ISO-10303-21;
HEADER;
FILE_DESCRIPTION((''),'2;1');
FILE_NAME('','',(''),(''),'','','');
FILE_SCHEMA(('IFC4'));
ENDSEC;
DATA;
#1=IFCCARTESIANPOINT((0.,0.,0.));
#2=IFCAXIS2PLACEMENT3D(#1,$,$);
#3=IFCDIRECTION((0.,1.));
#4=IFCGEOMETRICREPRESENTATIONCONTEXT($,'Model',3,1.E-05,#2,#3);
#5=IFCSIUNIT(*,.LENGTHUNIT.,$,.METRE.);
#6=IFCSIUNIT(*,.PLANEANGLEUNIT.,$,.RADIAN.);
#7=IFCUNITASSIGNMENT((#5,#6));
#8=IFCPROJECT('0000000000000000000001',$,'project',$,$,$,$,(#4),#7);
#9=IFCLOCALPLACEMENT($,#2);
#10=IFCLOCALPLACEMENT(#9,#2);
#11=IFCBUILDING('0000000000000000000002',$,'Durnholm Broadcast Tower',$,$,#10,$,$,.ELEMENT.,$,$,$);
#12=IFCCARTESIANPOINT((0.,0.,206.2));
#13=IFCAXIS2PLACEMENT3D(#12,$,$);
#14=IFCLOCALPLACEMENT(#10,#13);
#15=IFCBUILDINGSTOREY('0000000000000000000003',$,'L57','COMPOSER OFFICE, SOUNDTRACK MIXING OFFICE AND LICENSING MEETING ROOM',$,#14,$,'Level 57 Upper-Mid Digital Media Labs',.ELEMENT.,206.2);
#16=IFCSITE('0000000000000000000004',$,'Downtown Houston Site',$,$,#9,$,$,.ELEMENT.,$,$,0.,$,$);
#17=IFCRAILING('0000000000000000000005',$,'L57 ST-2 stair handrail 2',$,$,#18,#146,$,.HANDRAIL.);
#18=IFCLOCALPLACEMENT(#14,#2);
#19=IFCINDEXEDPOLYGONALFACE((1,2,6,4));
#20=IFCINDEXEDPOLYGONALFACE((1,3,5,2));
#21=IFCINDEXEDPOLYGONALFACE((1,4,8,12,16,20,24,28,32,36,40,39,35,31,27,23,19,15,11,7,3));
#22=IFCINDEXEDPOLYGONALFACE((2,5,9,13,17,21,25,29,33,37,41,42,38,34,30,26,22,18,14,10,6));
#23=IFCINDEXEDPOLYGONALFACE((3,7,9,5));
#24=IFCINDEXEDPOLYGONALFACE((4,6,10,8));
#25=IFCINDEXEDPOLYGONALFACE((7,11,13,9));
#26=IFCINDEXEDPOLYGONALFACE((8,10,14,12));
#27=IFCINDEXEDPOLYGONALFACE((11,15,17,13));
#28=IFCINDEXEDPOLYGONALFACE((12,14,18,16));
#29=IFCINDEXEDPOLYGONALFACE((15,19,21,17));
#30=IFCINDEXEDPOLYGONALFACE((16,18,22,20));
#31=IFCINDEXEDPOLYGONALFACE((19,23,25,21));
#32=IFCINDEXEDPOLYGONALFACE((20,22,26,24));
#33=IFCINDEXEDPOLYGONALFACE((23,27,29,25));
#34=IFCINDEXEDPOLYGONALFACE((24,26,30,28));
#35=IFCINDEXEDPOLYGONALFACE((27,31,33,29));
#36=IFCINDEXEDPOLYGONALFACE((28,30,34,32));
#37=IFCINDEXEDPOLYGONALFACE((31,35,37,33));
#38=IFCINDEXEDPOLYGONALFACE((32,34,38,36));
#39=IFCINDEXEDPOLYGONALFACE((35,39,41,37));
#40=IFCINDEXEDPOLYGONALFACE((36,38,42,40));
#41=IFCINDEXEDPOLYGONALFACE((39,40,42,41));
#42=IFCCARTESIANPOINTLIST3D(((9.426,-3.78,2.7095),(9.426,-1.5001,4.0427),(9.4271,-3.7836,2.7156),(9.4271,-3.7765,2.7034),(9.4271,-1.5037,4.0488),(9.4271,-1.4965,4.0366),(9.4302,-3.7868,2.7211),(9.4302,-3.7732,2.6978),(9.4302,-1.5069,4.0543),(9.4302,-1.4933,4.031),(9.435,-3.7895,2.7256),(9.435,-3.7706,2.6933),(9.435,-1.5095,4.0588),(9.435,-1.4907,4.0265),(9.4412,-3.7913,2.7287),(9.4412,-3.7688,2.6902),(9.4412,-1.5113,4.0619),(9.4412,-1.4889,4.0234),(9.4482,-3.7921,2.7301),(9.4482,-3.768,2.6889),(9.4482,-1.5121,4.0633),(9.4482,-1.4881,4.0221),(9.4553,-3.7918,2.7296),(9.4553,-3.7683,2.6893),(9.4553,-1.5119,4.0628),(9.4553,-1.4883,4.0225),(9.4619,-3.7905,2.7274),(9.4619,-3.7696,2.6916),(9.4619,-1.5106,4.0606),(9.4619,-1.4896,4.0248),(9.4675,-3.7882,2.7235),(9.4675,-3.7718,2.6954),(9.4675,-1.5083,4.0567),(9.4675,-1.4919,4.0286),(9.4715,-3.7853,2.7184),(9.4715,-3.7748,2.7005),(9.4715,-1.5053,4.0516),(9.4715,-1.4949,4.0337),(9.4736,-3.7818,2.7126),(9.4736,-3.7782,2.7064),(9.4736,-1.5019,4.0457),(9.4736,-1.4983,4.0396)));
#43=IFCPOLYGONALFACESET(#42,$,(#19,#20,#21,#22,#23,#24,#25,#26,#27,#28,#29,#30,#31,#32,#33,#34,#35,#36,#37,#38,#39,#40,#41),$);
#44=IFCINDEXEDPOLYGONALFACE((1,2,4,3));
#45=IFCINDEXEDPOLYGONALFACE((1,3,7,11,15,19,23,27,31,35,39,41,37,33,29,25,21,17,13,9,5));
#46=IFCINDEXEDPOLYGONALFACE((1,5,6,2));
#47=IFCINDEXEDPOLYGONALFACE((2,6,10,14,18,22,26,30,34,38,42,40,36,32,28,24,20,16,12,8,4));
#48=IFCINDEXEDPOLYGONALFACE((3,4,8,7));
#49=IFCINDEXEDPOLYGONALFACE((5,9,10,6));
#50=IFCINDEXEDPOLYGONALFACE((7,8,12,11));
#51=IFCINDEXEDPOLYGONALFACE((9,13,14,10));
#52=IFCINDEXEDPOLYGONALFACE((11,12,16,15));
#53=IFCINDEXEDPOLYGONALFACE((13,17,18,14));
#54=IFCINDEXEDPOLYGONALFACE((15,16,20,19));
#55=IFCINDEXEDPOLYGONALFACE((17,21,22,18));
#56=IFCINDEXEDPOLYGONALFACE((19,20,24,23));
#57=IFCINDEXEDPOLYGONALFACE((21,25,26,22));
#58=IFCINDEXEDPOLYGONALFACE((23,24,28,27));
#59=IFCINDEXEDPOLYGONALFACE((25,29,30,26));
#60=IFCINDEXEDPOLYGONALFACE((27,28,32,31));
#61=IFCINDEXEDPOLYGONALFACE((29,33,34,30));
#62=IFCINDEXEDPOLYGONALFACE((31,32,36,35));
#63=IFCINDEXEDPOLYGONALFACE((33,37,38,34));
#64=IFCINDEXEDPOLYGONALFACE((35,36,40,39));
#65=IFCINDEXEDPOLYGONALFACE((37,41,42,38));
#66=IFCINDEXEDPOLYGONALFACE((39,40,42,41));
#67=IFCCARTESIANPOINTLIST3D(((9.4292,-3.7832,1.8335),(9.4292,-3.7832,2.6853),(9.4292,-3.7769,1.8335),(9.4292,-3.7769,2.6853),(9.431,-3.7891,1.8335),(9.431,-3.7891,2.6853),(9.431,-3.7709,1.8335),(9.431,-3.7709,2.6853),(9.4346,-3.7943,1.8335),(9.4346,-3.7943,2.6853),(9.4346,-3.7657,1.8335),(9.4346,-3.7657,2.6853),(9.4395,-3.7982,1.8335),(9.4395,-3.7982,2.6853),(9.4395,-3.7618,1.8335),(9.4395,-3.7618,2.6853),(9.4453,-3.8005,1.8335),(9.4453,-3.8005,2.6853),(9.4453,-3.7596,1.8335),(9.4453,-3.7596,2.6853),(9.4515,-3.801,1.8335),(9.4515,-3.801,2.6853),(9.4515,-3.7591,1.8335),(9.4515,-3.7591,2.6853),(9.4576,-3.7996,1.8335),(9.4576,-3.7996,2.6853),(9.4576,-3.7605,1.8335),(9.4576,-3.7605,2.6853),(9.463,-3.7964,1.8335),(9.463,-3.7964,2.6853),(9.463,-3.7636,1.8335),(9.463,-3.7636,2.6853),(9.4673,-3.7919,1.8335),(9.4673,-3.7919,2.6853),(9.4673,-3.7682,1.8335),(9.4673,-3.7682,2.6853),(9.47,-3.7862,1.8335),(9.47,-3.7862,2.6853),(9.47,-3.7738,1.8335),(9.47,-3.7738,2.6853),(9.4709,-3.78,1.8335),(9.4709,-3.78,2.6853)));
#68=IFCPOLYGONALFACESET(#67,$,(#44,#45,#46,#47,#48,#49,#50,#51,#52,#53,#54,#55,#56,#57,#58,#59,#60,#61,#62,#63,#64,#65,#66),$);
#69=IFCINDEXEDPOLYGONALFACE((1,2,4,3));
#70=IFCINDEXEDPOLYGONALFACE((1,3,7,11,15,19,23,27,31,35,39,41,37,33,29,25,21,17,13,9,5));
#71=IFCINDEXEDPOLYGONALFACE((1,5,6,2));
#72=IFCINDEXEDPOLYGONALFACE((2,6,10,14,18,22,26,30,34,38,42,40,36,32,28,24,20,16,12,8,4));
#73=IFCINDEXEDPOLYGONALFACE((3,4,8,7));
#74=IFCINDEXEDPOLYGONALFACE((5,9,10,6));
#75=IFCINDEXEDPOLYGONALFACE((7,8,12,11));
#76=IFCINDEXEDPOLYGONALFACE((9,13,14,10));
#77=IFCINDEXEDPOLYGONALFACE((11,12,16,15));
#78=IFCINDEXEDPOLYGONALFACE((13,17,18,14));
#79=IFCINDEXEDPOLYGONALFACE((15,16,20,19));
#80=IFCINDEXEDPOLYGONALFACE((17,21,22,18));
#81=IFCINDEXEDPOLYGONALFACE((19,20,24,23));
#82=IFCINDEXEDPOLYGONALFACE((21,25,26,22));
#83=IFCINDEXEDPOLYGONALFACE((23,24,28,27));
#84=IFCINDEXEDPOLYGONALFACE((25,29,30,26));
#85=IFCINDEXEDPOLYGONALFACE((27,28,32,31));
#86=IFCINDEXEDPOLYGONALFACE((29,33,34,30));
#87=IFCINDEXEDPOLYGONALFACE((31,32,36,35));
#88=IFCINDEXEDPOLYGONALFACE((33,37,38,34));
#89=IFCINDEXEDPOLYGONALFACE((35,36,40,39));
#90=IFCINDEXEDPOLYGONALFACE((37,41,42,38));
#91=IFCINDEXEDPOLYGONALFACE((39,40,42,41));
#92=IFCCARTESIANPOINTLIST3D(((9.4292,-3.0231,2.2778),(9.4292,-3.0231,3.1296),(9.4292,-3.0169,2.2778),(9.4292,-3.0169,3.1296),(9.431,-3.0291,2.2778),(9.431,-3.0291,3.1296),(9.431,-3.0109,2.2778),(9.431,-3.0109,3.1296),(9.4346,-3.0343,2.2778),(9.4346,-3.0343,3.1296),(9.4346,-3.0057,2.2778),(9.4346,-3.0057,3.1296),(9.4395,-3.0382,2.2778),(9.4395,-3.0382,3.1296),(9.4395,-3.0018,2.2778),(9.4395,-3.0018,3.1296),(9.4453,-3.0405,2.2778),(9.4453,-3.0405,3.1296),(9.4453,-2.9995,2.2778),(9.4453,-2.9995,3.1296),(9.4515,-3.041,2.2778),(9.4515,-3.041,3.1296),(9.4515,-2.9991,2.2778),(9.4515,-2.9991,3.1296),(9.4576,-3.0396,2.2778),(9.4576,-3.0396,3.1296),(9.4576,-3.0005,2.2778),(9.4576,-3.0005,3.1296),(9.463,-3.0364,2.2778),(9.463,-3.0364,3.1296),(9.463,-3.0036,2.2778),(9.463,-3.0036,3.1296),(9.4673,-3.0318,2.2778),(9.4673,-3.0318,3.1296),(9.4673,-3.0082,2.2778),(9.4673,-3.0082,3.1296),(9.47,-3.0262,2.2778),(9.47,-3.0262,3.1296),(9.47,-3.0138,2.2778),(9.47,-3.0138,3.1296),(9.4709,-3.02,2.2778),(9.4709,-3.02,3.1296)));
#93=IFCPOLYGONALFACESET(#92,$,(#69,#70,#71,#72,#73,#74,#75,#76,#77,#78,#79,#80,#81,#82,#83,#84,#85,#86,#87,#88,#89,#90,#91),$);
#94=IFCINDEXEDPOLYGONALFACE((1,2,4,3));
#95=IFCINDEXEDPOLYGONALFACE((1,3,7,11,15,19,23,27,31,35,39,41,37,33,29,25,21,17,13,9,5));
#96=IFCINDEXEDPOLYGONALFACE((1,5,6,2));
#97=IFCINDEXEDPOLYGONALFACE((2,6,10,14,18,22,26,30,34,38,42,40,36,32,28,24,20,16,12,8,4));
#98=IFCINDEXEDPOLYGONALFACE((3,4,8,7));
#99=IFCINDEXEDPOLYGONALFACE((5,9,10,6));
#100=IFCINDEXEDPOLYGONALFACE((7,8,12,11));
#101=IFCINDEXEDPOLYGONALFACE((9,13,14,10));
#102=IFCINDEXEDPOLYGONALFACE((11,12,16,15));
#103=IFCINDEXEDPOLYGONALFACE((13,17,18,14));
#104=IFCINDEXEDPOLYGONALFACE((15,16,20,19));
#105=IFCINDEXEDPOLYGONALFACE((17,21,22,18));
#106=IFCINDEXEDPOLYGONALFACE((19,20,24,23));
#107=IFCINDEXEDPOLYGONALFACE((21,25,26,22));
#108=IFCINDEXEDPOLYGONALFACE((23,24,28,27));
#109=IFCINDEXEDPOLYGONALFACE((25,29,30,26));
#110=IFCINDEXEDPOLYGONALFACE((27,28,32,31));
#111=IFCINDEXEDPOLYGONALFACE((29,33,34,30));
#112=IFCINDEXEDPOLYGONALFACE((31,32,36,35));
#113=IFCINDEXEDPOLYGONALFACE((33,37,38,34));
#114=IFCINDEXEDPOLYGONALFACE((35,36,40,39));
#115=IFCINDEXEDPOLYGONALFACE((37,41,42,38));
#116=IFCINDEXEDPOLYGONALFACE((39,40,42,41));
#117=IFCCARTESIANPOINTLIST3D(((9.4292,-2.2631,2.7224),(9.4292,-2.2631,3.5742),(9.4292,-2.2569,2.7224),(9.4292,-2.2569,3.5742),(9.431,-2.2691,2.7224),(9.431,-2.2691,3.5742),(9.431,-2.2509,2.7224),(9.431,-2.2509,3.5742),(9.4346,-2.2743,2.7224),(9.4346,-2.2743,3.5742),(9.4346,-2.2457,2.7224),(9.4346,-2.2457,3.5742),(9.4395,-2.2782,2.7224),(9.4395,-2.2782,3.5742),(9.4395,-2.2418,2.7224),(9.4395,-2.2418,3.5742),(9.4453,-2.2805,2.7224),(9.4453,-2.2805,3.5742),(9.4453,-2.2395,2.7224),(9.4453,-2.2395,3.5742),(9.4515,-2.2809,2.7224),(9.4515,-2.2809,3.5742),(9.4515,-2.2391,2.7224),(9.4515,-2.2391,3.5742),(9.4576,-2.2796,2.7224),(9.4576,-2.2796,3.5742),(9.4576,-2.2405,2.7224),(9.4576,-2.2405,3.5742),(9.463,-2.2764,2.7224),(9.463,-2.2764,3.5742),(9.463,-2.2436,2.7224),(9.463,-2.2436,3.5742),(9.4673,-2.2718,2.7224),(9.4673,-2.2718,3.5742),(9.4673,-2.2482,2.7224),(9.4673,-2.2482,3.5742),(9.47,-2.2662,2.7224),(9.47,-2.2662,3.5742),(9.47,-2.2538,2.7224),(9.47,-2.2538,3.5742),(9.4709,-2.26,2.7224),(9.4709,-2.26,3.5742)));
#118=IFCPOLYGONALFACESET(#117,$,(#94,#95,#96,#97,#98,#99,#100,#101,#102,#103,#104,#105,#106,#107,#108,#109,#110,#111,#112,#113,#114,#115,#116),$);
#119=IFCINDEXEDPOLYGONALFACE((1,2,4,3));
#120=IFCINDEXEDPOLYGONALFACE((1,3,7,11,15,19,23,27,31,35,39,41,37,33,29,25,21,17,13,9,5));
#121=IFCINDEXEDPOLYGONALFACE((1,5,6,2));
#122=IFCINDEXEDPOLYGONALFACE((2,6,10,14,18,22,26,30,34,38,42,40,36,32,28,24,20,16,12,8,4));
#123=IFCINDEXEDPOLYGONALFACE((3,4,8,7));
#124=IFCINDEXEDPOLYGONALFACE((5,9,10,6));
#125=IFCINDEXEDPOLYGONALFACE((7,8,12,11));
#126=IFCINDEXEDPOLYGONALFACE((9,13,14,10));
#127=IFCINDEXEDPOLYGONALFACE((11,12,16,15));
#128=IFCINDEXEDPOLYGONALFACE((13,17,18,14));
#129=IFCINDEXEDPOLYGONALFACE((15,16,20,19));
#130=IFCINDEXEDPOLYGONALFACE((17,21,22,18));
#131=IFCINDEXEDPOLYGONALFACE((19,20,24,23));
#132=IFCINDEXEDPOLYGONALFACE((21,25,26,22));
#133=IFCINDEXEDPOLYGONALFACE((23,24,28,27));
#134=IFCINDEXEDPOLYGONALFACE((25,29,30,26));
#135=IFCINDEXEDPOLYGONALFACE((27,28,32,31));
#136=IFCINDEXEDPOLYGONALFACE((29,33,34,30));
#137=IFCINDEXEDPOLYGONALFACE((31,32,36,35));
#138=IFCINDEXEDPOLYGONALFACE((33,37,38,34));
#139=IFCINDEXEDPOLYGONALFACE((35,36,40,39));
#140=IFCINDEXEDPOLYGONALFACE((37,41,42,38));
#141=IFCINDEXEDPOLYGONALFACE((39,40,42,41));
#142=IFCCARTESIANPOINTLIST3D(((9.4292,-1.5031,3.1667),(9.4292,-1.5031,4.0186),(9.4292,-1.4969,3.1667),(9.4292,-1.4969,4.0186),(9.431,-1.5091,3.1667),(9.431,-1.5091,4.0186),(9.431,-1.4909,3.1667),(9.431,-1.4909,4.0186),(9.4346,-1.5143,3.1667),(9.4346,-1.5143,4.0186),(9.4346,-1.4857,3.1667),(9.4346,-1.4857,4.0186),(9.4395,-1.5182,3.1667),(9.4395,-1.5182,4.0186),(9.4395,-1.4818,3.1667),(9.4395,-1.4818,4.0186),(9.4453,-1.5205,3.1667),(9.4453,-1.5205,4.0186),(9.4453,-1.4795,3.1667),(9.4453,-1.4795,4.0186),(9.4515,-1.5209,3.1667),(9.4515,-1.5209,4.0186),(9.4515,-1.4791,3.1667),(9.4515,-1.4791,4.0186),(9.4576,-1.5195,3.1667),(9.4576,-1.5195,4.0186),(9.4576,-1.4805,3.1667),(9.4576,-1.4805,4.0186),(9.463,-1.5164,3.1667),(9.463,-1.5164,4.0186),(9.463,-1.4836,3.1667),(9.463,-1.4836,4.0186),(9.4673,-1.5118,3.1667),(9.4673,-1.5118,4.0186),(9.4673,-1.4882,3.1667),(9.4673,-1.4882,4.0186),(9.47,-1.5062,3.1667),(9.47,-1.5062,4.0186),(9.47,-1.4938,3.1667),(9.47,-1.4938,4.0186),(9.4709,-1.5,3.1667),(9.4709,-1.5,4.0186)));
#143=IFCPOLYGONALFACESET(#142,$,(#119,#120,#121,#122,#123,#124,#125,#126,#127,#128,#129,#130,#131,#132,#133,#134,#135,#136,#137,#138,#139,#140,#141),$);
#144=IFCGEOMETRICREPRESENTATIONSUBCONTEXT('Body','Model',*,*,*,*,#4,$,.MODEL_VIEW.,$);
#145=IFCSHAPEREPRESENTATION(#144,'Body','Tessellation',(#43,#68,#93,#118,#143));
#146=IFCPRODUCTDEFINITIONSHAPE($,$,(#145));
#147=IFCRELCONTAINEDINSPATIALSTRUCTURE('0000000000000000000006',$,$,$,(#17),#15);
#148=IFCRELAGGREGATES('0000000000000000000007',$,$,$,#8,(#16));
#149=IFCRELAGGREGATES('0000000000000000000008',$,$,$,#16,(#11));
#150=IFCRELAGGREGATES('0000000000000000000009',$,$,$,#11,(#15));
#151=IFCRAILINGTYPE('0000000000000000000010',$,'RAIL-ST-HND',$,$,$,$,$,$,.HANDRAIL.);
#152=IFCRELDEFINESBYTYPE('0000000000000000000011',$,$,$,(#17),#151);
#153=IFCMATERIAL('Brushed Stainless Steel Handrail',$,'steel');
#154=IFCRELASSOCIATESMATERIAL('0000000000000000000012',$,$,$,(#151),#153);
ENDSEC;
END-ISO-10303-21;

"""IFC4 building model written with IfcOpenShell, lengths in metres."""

from ifc_helpers import new_model, si_unit, direction, frame, origin, origin_2d, place, context, subcontext, project, spatial, circle, extrude, material, type_object, element, save


model = new_model("IFC4")

# Units and contexts
model_context = context("Model", 3, precision=1e-05, world=origin(), true_north=direction((0.0, 1.0)))
body_context = subcontext(model_context, "Body", "Model", "MODEL_VIEW")
ifc_project = project(units=[si_unit("LENGTHUNIT", "METRE"), si_unit("PLANEANGLEUNIT", "RADIAN")], contexts=[model_context])

# Site, building, storey
site_placement = place(None, origin())
site = spatial("IfcSite", under=ifc_project, at=site_placement, Name="Downtown Houston Site", CompositionType="ELEMENT", RefElevation=0.0)
building_placement = place(site_placement, origin())
building = spatial("IfcBuilding", under=site, at=building_placement, Name="Durnholm Broadcast Tower", CompositionType="ELEMENT")
storey_placement = place(building_placement, frame((0.0, 0.0, 206.2)))
storey = spatial("IfcBuildingStorey", under=building, at=storey_placement, Name="L57", Description="COMPOSER OFFICE, SOUNDTRACK MIXING OFFICE AND LICENSING MEETING ROOM", LongName="Level 57 Upper-Mid Digital Media Labs", CompositionType="ELEMENT", Elevation=206.2)

# Railing
ifc_material_1 = material(Name="Brushed Stainless Steel Handrail", Category="steel")
railing_type_1 = type_object("IfcRailingType", Name="RAIL-ST-HND", PredefinedType="HANDRAIL", material=ifc_material_1)
railing_1_placement = place(storey_placement, frame((9.45, -3.78, 1.8335)))
element("IfcRailing", 1, at=railing_1_placement, inside=storey, type_object=railing_type_1, Name="L57 ST-2 stair handrail 2", PredefinedType="HANDRAIL", context=body_context, shape_type="SweptSolid", body=[
    extrude(circle(Radius=0.0239, at=origin_2d()), frame((0.0, 0.0, 0.876), z_axis=(0.0, 0.863245, 0.504785), x_axis=(-1.0, 0.0, 0.0)), (0.0, 0.0, 1.0), 2.6411),
    extrude(circle(Radius=0.021, at=origin_2d()), origin(), (0.0, 0.0, 1.0), 0.8518),
    extrude(circle(Radius=0.021, at=origin_2d()), frame((0.0, 0.76, 0.4443)), (0.0, 0.0, 1.0), 0.8518),
    extrude(circle(Radius=0.021, at=origin_2d()), frame((0.0, 1.52, 0.8889)), (0.0, 0.0, 1.0), 0.8518),
    extrude(circle(Radius=0.021, at=origin_2d()), frame((0.0, 2.28, 1.3333)), (0.0, 0.0, 1.0), 0.8518),
])

save(model, "model.ifc")
